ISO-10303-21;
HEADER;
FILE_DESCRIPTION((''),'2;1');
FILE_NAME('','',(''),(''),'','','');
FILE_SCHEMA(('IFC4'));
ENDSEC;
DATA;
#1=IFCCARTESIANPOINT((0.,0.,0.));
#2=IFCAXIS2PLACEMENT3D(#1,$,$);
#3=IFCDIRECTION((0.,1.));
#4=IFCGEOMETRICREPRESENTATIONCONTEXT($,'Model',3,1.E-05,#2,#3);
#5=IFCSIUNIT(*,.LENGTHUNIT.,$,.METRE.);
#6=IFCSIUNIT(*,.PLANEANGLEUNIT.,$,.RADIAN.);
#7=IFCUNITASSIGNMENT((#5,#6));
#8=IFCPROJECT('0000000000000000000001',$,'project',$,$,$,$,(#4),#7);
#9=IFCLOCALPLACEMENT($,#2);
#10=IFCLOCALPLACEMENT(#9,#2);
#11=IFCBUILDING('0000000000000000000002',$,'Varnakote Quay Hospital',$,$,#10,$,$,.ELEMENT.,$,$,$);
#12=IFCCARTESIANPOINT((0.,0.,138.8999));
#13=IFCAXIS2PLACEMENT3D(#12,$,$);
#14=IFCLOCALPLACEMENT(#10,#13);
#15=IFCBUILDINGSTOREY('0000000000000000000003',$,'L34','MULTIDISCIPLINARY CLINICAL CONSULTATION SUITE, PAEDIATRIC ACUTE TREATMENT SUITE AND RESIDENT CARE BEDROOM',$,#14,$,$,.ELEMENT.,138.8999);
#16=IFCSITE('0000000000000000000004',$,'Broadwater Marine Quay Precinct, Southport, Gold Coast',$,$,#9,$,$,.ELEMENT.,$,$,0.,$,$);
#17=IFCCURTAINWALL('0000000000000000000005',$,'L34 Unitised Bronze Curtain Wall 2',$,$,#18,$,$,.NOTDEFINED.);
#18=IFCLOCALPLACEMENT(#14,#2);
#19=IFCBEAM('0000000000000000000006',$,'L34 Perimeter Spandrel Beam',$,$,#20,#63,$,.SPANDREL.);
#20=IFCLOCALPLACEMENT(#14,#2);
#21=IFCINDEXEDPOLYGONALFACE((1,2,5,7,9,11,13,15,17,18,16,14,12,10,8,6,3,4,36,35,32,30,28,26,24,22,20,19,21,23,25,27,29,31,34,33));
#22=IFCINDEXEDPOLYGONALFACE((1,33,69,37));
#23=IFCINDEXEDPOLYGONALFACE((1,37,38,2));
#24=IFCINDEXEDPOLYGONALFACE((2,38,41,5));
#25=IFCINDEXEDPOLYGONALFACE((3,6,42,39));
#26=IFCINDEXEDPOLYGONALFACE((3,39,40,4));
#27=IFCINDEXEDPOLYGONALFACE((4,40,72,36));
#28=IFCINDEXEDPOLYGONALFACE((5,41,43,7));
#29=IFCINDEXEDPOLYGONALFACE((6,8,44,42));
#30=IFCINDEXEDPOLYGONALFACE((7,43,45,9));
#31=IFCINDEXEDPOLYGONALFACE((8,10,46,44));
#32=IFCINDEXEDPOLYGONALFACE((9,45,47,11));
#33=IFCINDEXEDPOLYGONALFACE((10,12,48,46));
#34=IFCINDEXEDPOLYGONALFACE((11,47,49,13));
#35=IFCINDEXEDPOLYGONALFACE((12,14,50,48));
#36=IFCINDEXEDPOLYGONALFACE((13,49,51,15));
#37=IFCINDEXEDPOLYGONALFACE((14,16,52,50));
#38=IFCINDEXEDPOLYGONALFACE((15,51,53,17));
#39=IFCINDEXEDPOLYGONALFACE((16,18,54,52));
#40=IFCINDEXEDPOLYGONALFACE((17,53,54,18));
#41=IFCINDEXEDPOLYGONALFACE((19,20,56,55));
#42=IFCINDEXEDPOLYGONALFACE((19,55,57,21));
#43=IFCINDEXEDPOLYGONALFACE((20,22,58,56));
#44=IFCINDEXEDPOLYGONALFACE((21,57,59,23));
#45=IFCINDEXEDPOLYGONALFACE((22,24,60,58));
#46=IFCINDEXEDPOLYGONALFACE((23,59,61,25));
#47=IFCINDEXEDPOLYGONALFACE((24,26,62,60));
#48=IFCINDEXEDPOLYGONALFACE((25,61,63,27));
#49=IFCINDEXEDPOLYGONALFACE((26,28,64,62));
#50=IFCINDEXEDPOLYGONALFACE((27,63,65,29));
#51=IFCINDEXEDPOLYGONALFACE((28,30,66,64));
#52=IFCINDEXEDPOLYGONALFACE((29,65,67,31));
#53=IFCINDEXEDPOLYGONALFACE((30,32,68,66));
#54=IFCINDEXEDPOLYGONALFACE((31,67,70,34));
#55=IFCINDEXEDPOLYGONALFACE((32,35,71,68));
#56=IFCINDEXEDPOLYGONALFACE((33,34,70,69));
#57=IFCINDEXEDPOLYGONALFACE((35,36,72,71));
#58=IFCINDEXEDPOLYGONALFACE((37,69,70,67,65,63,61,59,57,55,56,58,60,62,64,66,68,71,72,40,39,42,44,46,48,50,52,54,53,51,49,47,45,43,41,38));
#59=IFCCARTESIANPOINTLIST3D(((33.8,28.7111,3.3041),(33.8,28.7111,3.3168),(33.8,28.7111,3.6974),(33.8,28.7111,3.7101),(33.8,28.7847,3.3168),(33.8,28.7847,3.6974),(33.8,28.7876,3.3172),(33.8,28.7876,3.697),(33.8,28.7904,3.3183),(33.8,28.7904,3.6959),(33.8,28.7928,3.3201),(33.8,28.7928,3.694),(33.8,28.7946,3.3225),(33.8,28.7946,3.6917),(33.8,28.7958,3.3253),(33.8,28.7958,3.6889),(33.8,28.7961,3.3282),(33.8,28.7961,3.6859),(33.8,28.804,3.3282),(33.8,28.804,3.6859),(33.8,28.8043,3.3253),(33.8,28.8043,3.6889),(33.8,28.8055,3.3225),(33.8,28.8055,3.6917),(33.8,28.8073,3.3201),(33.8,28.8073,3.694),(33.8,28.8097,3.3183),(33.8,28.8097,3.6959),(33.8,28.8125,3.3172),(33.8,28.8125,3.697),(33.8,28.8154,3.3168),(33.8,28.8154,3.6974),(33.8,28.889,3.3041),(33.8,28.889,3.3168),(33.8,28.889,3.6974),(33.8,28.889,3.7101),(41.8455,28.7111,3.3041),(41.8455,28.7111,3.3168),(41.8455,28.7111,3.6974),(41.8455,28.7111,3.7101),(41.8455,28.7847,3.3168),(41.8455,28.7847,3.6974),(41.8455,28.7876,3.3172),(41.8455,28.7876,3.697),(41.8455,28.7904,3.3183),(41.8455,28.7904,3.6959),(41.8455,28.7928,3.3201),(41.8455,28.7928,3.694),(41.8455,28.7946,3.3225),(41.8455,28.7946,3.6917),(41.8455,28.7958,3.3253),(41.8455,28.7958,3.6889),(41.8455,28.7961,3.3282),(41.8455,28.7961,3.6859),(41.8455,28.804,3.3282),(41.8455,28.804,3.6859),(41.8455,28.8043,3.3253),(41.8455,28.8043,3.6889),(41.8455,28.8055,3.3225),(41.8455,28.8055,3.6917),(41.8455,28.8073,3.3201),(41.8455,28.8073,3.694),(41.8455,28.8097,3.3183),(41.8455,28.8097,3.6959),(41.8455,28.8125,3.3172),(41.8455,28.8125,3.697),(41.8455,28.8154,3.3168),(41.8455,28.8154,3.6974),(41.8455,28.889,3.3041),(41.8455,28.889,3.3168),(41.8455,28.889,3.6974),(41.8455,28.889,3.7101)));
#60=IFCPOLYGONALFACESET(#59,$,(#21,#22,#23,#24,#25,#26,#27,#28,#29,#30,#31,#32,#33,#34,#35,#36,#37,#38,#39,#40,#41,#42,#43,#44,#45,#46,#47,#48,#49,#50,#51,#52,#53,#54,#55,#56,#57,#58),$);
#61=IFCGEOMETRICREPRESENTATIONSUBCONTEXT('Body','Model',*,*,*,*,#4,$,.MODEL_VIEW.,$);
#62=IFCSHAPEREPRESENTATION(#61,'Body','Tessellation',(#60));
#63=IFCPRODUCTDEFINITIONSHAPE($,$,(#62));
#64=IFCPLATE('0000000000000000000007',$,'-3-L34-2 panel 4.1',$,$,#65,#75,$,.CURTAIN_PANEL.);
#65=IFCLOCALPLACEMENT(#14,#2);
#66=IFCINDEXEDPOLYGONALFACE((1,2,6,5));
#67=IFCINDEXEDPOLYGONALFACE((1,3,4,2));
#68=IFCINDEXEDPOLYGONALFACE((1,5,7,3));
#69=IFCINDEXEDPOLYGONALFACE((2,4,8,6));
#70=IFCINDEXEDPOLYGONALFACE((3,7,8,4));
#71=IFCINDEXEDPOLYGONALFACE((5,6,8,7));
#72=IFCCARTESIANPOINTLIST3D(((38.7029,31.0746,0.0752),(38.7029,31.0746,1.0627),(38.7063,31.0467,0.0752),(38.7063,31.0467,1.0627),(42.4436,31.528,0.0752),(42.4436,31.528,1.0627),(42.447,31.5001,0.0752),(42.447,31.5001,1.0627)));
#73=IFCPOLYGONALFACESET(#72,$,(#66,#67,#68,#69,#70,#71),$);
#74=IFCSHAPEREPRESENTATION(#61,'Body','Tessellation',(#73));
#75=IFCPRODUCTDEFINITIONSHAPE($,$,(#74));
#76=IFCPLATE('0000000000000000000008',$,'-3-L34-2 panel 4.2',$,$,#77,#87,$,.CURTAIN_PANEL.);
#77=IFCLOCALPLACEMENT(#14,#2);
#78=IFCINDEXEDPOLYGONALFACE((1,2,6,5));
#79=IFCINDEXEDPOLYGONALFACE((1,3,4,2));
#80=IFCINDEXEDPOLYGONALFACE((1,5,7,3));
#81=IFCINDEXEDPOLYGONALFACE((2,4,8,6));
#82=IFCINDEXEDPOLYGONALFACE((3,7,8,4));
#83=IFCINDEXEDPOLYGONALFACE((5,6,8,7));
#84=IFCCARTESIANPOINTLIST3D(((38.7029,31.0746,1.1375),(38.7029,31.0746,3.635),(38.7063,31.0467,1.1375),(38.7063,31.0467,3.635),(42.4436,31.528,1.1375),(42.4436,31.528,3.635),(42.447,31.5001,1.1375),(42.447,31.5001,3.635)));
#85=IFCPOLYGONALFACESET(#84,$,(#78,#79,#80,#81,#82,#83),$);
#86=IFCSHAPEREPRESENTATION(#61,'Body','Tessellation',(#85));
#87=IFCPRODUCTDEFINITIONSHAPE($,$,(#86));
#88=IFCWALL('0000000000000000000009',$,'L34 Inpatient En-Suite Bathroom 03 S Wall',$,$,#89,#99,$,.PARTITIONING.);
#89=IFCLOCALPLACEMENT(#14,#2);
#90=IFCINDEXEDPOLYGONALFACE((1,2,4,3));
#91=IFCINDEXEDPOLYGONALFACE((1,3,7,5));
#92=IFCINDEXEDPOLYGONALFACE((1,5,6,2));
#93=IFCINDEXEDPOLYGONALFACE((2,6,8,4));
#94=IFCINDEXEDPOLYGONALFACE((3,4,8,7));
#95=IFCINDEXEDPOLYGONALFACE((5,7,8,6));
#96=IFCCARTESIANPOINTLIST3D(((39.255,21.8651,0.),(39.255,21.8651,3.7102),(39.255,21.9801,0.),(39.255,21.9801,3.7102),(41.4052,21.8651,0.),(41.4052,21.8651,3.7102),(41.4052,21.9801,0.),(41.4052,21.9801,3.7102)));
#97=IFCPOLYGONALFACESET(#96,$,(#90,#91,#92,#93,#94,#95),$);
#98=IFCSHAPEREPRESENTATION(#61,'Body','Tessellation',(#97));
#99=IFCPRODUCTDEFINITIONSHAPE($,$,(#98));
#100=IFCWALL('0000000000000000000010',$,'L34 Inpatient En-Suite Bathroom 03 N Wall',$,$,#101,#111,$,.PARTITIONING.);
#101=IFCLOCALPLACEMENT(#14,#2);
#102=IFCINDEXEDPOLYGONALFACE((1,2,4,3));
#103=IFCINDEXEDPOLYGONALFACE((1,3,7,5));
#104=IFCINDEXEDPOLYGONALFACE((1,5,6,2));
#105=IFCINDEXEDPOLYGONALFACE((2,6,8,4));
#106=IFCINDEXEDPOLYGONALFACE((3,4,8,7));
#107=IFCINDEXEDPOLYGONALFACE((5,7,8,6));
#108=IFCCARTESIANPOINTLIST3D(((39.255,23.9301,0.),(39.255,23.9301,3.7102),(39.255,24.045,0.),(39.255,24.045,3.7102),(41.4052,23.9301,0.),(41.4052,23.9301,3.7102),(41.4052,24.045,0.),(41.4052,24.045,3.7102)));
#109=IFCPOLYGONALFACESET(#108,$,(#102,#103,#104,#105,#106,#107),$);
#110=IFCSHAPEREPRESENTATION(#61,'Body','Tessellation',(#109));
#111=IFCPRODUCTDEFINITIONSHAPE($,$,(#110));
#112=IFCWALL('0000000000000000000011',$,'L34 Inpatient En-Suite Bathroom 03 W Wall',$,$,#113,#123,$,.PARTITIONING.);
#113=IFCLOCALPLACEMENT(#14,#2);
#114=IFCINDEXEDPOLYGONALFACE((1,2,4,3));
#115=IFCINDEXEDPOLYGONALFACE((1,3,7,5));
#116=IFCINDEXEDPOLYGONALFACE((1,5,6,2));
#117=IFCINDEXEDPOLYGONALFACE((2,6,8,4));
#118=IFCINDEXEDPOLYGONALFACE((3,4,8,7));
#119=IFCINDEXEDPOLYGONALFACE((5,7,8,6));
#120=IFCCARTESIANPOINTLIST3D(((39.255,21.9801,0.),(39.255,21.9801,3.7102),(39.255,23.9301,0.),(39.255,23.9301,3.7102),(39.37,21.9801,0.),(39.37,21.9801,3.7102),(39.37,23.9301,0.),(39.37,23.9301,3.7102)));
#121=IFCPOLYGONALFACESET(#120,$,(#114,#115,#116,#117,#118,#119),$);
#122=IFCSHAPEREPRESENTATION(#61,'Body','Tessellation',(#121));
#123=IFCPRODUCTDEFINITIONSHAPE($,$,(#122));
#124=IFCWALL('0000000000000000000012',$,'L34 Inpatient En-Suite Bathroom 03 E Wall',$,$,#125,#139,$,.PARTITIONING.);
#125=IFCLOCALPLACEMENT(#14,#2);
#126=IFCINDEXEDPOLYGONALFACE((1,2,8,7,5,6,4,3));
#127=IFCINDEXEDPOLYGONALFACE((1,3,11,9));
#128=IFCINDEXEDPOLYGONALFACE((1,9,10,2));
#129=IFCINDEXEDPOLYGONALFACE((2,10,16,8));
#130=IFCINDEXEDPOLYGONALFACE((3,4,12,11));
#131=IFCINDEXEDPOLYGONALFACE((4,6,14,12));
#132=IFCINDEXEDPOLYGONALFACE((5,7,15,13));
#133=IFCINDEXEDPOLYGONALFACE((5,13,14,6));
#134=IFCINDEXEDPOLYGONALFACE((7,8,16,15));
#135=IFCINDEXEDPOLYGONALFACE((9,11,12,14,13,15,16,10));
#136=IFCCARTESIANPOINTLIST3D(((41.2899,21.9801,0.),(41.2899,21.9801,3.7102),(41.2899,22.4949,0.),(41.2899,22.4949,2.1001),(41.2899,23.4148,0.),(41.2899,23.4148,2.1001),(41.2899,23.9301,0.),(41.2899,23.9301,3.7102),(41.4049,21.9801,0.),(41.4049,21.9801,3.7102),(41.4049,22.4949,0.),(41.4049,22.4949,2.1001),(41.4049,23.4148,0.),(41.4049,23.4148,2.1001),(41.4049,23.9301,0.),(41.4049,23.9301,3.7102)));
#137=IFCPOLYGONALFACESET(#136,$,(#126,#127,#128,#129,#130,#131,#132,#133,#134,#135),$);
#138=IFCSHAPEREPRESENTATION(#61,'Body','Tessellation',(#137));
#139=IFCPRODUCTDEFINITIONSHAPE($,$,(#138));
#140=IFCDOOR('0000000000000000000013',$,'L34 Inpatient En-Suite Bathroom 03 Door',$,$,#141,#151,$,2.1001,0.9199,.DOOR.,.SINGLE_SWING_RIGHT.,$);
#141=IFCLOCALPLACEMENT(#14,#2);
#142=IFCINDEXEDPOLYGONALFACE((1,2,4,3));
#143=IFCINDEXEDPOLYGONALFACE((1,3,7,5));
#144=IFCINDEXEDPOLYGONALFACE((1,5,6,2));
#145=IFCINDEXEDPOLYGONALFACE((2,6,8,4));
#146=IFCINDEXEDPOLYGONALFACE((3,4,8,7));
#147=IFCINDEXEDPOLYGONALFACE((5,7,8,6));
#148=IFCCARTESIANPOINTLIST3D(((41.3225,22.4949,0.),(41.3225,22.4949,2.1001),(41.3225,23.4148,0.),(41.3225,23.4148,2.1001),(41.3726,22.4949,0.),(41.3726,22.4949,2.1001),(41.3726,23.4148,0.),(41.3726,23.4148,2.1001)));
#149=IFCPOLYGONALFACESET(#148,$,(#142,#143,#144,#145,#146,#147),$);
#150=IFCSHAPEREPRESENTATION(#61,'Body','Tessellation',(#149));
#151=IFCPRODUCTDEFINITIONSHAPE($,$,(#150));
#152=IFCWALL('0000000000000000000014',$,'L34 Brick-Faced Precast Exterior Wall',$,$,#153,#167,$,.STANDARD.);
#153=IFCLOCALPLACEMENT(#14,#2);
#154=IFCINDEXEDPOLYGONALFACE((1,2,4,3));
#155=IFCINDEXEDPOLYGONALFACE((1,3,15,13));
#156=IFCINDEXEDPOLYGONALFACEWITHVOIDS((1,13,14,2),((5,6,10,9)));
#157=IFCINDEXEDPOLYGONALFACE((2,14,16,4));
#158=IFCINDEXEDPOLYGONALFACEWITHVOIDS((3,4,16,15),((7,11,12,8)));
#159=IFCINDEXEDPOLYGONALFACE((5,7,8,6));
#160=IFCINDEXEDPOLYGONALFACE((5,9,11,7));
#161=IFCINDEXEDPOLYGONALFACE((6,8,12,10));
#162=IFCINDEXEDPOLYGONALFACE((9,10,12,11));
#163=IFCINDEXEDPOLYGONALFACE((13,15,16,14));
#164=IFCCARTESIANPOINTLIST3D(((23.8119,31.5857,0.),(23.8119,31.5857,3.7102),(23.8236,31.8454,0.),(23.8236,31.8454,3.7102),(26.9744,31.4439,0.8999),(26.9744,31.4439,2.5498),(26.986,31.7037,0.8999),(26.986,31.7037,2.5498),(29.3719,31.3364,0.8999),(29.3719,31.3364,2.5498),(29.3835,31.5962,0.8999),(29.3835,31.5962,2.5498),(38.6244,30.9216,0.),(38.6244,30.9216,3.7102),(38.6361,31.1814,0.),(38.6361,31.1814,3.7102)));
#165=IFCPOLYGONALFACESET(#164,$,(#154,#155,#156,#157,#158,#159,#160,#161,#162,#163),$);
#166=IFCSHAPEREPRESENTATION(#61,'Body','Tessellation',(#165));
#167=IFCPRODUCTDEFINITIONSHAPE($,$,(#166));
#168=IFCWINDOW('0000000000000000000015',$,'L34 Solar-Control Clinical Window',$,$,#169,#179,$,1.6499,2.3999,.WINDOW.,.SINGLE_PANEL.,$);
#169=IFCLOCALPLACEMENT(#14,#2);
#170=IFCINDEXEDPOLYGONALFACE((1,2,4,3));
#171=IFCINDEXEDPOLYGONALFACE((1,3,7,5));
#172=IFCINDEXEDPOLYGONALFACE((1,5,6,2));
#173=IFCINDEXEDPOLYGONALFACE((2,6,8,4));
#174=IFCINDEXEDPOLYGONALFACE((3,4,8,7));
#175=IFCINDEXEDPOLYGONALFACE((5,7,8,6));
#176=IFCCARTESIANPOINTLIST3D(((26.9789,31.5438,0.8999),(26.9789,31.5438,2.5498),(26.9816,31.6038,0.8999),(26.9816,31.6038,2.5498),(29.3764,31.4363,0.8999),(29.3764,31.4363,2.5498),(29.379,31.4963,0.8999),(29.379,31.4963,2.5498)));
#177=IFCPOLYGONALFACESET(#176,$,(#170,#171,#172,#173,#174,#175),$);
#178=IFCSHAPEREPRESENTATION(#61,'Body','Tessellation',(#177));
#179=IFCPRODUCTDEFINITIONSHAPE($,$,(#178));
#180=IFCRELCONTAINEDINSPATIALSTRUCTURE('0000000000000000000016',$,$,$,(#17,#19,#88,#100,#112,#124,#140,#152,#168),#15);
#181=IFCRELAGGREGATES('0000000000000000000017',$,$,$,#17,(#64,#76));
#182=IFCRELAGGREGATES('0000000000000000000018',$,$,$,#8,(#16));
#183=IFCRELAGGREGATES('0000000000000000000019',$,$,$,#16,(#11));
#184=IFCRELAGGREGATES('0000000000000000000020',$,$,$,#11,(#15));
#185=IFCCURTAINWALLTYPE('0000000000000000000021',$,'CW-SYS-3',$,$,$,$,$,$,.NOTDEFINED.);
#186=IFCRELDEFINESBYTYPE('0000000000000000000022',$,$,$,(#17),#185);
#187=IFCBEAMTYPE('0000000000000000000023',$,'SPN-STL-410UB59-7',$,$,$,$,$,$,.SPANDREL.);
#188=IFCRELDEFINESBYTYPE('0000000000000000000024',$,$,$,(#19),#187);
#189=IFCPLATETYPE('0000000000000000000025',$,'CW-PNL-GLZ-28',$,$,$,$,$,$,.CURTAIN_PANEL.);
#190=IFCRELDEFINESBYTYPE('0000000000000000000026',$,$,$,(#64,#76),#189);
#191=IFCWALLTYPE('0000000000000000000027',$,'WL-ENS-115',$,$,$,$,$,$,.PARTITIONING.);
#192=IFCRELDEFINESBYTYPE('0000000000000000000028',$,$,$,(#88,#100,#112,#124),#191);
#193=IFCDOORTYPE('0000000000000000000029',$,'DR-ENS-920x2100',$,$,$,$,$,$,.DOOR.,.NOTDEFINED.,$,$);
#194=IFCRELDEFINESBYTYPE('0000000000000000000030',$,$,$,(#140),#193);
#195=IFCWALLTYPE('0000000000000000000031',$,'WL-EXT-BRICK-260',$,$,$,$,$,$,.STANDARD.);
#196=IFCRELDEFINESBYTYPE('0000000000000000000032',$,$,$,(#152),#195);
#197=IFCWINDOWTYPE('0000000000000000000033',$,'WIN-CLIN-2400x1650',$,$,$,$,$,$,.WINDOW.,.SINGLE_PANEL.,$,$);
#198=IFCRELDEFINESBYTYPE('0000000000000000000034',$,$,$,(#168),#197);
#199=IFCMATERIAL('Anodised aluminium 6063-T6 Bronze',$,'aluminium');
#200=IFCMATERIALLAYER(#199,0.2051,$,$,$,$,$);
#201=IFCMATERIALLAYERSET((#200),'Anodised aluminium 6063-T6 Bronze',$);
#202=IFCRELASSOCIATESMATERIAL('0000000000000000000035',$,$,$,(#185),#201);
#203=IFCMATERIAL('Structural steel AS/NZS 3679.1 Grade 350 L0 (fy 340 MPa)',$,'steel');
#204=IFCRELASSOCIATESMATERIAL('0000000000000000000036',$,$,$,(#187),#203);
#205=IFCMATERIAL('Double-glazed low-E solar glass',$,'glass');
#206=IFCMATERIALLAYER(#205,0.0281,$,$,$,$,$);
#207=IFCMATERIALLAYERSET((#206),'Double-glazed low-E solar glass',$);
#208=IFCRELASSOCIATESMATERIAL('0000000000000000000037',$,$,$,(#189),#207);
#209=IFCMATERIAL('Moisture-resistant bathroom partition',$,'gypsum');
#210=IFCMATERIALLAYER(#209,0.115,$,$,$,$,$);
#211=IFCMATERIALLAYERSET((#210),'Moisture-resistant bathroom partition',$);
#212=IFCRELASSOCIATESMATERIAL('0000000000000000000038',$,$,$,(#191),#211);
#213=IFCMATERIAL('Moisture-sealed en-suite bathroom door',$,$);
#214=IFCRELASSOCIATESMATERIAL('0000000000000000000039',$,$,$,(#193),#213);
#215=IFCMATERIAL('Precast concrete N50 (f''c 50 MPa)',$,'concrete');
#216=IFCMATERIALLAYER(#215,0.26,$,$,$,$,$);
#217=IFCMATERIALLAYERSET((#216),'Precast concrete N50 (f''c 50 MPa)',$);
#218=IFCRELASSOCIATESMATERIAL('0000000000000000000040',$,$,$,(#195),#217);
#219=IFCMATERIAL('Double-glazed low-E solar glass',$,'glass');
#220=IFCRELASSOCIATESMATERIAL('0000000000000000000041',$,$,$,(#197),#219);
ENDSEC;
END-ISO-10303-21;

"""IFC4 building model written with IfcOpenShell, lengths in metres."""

from ifc_helpers import new_model, si_unit, direction, frame, frame_2d, origin, origin_2d, place, context, subcontext, project, spatial, rectangle, i_section, extrude, material, layer, layer_set, material_profile, profile_set, type_object, element, fill, aggregate, save


model = new_model("IFC4")

# Units and contexts
model_context = context("Model", 3, precision=1e-05, world=origin(), true_north=direction((0.0, 1.0)))
body_context = subcontext(model_context, "Body", "Model", "MODEL_VIEW")
ifc_project = project(units=[si_unit("LENGTHUNIT", "METRE"), si_unit("PLANEANGLEUNIT", "RADIAN")], contexts=[model_context])

# Site, building, storey
site_placement = place(None, origin())
site = spatial("IfcSite", under=ifc_project, at=site_placement, Name="Broadwater Marine Quay Precinct, Southport, Gold Coast", CompositionType="ELEMENT", RefElevation=0.0)
building_placement = place(site_placement, origin())
building = spatial("IfcBuilding", under=site, at=building_placement, Name="Varnakote Quay Hospital", CompositionType="ELEMENT")
storey_placement = place(building_placement, frame((0.0, 0.0, 138.8999)))
storey = spatial("IfcBuildingStorey", under=building, at=storey_placement, Name="L34", Description="MULTIDISCIPLINARY CLINICAL CONSULTATION SUITE, PAEDIATRIC ACUTE TREATMENT SUITE AND RESIDENT CARE BEDROOM", CompositionType="ELEMENT", Elevation=138.8999)

# Curtain wall
ifc_material_1 = material(Name="Anodised aluminium 6063-T6 Bronze", Category="aluminium")
ifc_layer_1 = layer(ifc_material_1, 0.2051)
ifc_layer_set_1 = layer_set([ifc_layer_1], Name="Anodised aluminium 6063-T6 Bronze")
curtain_wall_type = type_object("IfcCurtainWallType", Name="CW-SYS-3", PredefinedType="NOTDEFINED", material=ifc_layer_set_1)
curtain_wall_placement = place(storey_placement, origin())
curtain_wall = element("IfcCurtainWall", 1, at=curtain_wall_placement, inside=storey, type_object=curtain_wall_type, Name="L34 Unitised Bronze Curtain Wall 2", PredefinedType="NOTDEFINED")

# Beam
ifc_material_2 = material(Name="Structural steel AS/NZS 3679.1 Grade 350 L0 (fy 340 MPa)", Category="steel")
ifc_material_profile_1 = material_profile(ifc_material_2, i_section(OverallWidth=0.178, OverallDepth=0.406, WebThickness=0.0078, FlangeThickness=0.0127, FilletRadius=0.0115, at=origin_2d()), Name="410UB59.7")
ifc_profile_set_1 = profile_set([ifc_material_profile_1], Name="Structural steel AS/NZS 3679.1 Grade 350 L0 (fy 340 MPa)")
beam_type_1 = type_object("IfcBeamType", Name="SPN-STL-410UB59-7", PredefinedType="SPANDREL", material=ifc_profile_set_1)
beam_1_placement = place(storey_placement, frame((33.8, 28.8, 3.5071), z_axis=(1.0, 0.0, 0.0), x_axis=(0.0, 1.0, 0.0)))
element("IfcBeam", 2, at=beam_1_placement, inside=storey, type_object=beam_type_1, Name="L34 Perimeter Spandrel Beam", PredefinedType="SPANDREL", context=body_context, shape_type="SweptSolid", body=[
    extrude(i_section(OverallWidth=0.178, OverallDepth=0.406, WebThickness=0.0078, FlangeThickness=0.0127, FilletRadius=0.0115, at=origin_2d()), origin(), (0.0, 0.0, 1.0), 8.0454),
])

# Plates
ifc_material_3 = material(Name="Double-glazed low-E solar glass", Category="glass")
ifc_layer_2 = layer(ifc_material_3, 0.0281)
ifc_layer_set_2 = layer_set([ifc_layer_2], Name="Double-glazed low-E solar glass")
plate_type = type_object("IfcPlateType", Name="CW-PNL-GLZ-28", PredefinedType="CURTAIN_PANEL", material=ifc_layer_set_2)
plate_1_placement = place(storey_placement, frame((40.575, 31.2874, 0.0752), z_axis=(0.0, 0.0, 1.0), x_axis=(-0.992734, -0.120327, 0.0)))
plate_1 = element("IfcPlate", 3, at=plate_1_placement, type_object=plate_type, Name="-3-L34-2 panel 4.1", PredefinedType="CURTAIN_PANEL", context=body_context, shape_type="SweptSolid", body=[
    extrude(rectangle(XDim=3.7681, YDim=0.0281, at=origin_2d()), origin(), (0.0, 0.0, 1.0), 0.9875),
])
plate_2_placement = place(storey_placement, frame((40.575, 31.2874, 1.1375), z_axis=(0.0, 0.0, 1.0), x_axis=(-0.992734, -0.120327, 0.0)))
plate_2 = element("IfcPlate", 4, at=plate_2_placement, type_object=plate_type, Name="-3-L34-2 panel 4.2", PredefinedType="CURTAIN_PANEL", context=body_context, shape_type="SweptSolid", body=[
    extrude(rectangle(XDim=3.7681, YDim=0.0281, at=origin_2d()), origin(), (0.0, 0.0, 1.0), 2.4976),
])
aggregate(curtain_wall, [plate_1, plate_2])

# Walls
ifc_material_4 = material(Name="Moisture-resistant bathroom partition", Category="gypsum")
ifc_layer_3 = layer(ifc_material_4, 0.115)
ifc_layer_set_3 = layer_set([ifc_layer_3], Name="Moisture-resistant bathroom partition")
wall_type_1 = type_object("IfcWallType", Name="WL-ENS-115", PredefinedType="PARTITIONING", material=ifc_layer_set_3)
for number, where, z_axis, x_axis, name in (
    (5, (39.2549, 21.9226, 0.0), (0.0, 0.0, 1.0), (1.0, 0.0, 0.0), "L34 Inpatient En-Suite Bathroom 03 S Wall"),
    (6, (39.2549, 23.9875, 0.0), (0.0, 0.0, 1.0), (1.0, 0.0, 0.0), "L34 Inpatient En-Suite Bathroom 03 N Wall"),
):
    element("IfcWall", number, at=place(storey_placement, frame(where, z_axis=z_axis, x_axis=x_axis)), inside=storey, type_object=wall_type_1, Name=name, PredefinedType="PARTITIONING", context=body_context, shape_type="SweptSolid", body=[
        extrude(rectangle(XDim=2.1501, YDim=0.115, at=frame_2d((1.0752, 0.0))), origin(), (0.0, 0.0, 1.0), 3.7102),
    ])
wall_1_placement = place(storey_placement, frame((39.3125, 21.98, 0.0), z_axis=(0.0, 0.0, 1.0), x_axis=(0.0, 1.0, 0.0)))
element("IfcWall", 7, at=wall_1_placement, inside=storey, type_object=wall_type_1, Name="L34 Inpatient En-Suite Bathroom 03 W Wall", PredefinedType="PARTITIONING", context=body_context, shape_type="SweptSolid", body=[
    extrude(rectangle(XDim=1.95, YDim=0.115, at=frame_2d((0.9751, 0.0))), origin(), (0.0, 0.0, 1.0), 3.7102),
])

# Wall, opening, door
wall_2_placement = place(storey_placement, frame((41.3474, 21.98, 0.0), z_axis=(0.0, 0.0, 1.0), x_axis=(0.0, 1.0, 0.0)))
wall_2 = element("IfcWall", 8, at=wall_2_placement, inside=storey, type_object=wall_type_1, Name="L34 Inpatient En-Suite Bathroom 03 E Wall", PredefinedType="PARTITIONING", context=body_context, shape_type="SweptSolid", body=[
    extrude(rectangle(XDim=1.95, YDim=0.115, at=frame_2d((0.9751, 0.0))), origin(), (0.0, 0.0, 1.0), 3.7102),
])
opening_1_placement = place(wall_2_placement, frame((0.5149, 0.0, 0.0)))
opening_1 = element("IfcOpeningElement", 9, at=opening_1_placement, cuts=wall_2, PredefinedType="OPENING", context=body_context, shape_type="SweptSolid", body=[
    extrude(rectangle(XDim=0.9199, YDim=2.1001, at=frame_2d((0.46, 1.05))), frame((0.0, 0.0674, 0.0), z_axis=(0.0, -1.0, 0.0), x_axis=(1.0, 0.0, 0.0)), (0.0, 0.0, 1.0), 0.135),
])
ifc_material_5 = material(Name="Moisture-sealed en-suite bathroom door")
door_type_1 = type_object("IfcDoorType", Name="DR-ENS-920x2100", OperationType="NOTDEFINED", PredefinedType="DOOR", material=ifc_material_5)
door_1_placement = place(opening_1_placement, origin())
door_1 = element("IfcDoor", 10, at=door_1_placement, inside=storey, type_object=door_type_1, Name="L34 Inpatient En-Suite Bathroom 03 Door", OperationType="SINGLE_SWING_RIGHT", OverallHeight=2.1001, OverallWidth=0.9199, PredefinedType="DOOR", context=body_context, shape_type="SweptSolid", body=[
    extrude(rectangle(XDim=0.9199, YDim=2.1001, at=frame_2d((0.46, 1.05))), frame((0.0, 0.0249, 0.0), z_axis=(0.0, -1.0, 0.0), x_axis=(1.0, 0.0, 0.0)), (0.0, 0.0, 1.0), 0.05),
])
fill(opening_1, door_1)

# Wall, opening, window
ifc_material_6 = material(Name="Precast concrete N50 (f'c 50 MPa)", Category="concrete")
ifc_layer_4 = layer(ifc_material_6, 0.26)
ifc_layer_set_4 = layer_set([ifc_layer_4], Name="Precast concrete N50 (f'c 50 MPa)")
wall_type_2 = type_object("IfcWallType", Name="WL-EXT-BRICK-260", PredefinedType="STANDARD", material=ifc_layer_set_4)
wall_3_placement = place(storey_placement, frame((38.6301, 31.0515, 0.0), z_axis=(0.0, 0.0, 1.0), x_axis=(-0.998997, 0.044786, 0.0)))
wall_3 = element("IfcWall", 11, at=wall_3_placement, inside=storey, type_object=wall_type_2, Name="L34 Brick-Faced Precast Exterior Wall", PredefinedType="STANDARD", context=body_context, shape_type="SweptSolid", body=[
    extrude(rectangle(XDim=14.8274, YDim=0.26, at=frame_2d((7.4136, 0.0))), origin(), (0.0, 0.0, 1.0), 3.7102),
])
opening_2_placement = place(wall_3_placement, frame((9.2617, 0.0, 0.8999)))
opening_2 = element("IfcOpeningElement", 12, at=opening_2_placement, cuts=wall_3, PredefinedType="OPENING", context=body_context, shape_type="SweptSolid", body=[
    extrude(rectangle(XDim=2.3999, YDim=1.6499, at=frame_2d((1.2, 0.825))), frame((0.0, 0.1399, 0.0), z_axis=(0.0, -1.0, 0.0), x_axis=(1.0, 0.0, 0.0)), (0.0, 0.0, 1.0), 0.28),
])
ifc_material_7 = material(Name="Double-glazed low-E solar glass", Category="glass")
window_type = type_object("IfcWindowType", Name="WIN-CLIN-2400x1650", PartitioningType="SINGLE_PANEL", PredefinedType="WINDOW", material=ifc_material_7)
window_placement = place(opening_2_placement, origin())
window = element("IfcWindow", 13, at=window_placement, inside=storey, type_object=window_type, Name="L34 Solar-Control Clinical Window", OverallHeight=1.6499, OverallWidth=2.3999, PartitioningType="SINGLE_PANEL", PredefinedType="WINDOW", context=body_context, shape_type="SweptSolid", body=[
    extrude(rectangle(XDim=2.3999, YDim=1.6499, at=frame_2d((1.2, 0.825))), frame((0.0, 0.03, 0.0), z_axis=(0.0, -1.0, 0.0), x_axis=(1.0, 0.0, 0.0)), (0.0, 0.0, 1.0), 0.0601),
])
fill(opening_2, window)

save(model, "model.ifc")
